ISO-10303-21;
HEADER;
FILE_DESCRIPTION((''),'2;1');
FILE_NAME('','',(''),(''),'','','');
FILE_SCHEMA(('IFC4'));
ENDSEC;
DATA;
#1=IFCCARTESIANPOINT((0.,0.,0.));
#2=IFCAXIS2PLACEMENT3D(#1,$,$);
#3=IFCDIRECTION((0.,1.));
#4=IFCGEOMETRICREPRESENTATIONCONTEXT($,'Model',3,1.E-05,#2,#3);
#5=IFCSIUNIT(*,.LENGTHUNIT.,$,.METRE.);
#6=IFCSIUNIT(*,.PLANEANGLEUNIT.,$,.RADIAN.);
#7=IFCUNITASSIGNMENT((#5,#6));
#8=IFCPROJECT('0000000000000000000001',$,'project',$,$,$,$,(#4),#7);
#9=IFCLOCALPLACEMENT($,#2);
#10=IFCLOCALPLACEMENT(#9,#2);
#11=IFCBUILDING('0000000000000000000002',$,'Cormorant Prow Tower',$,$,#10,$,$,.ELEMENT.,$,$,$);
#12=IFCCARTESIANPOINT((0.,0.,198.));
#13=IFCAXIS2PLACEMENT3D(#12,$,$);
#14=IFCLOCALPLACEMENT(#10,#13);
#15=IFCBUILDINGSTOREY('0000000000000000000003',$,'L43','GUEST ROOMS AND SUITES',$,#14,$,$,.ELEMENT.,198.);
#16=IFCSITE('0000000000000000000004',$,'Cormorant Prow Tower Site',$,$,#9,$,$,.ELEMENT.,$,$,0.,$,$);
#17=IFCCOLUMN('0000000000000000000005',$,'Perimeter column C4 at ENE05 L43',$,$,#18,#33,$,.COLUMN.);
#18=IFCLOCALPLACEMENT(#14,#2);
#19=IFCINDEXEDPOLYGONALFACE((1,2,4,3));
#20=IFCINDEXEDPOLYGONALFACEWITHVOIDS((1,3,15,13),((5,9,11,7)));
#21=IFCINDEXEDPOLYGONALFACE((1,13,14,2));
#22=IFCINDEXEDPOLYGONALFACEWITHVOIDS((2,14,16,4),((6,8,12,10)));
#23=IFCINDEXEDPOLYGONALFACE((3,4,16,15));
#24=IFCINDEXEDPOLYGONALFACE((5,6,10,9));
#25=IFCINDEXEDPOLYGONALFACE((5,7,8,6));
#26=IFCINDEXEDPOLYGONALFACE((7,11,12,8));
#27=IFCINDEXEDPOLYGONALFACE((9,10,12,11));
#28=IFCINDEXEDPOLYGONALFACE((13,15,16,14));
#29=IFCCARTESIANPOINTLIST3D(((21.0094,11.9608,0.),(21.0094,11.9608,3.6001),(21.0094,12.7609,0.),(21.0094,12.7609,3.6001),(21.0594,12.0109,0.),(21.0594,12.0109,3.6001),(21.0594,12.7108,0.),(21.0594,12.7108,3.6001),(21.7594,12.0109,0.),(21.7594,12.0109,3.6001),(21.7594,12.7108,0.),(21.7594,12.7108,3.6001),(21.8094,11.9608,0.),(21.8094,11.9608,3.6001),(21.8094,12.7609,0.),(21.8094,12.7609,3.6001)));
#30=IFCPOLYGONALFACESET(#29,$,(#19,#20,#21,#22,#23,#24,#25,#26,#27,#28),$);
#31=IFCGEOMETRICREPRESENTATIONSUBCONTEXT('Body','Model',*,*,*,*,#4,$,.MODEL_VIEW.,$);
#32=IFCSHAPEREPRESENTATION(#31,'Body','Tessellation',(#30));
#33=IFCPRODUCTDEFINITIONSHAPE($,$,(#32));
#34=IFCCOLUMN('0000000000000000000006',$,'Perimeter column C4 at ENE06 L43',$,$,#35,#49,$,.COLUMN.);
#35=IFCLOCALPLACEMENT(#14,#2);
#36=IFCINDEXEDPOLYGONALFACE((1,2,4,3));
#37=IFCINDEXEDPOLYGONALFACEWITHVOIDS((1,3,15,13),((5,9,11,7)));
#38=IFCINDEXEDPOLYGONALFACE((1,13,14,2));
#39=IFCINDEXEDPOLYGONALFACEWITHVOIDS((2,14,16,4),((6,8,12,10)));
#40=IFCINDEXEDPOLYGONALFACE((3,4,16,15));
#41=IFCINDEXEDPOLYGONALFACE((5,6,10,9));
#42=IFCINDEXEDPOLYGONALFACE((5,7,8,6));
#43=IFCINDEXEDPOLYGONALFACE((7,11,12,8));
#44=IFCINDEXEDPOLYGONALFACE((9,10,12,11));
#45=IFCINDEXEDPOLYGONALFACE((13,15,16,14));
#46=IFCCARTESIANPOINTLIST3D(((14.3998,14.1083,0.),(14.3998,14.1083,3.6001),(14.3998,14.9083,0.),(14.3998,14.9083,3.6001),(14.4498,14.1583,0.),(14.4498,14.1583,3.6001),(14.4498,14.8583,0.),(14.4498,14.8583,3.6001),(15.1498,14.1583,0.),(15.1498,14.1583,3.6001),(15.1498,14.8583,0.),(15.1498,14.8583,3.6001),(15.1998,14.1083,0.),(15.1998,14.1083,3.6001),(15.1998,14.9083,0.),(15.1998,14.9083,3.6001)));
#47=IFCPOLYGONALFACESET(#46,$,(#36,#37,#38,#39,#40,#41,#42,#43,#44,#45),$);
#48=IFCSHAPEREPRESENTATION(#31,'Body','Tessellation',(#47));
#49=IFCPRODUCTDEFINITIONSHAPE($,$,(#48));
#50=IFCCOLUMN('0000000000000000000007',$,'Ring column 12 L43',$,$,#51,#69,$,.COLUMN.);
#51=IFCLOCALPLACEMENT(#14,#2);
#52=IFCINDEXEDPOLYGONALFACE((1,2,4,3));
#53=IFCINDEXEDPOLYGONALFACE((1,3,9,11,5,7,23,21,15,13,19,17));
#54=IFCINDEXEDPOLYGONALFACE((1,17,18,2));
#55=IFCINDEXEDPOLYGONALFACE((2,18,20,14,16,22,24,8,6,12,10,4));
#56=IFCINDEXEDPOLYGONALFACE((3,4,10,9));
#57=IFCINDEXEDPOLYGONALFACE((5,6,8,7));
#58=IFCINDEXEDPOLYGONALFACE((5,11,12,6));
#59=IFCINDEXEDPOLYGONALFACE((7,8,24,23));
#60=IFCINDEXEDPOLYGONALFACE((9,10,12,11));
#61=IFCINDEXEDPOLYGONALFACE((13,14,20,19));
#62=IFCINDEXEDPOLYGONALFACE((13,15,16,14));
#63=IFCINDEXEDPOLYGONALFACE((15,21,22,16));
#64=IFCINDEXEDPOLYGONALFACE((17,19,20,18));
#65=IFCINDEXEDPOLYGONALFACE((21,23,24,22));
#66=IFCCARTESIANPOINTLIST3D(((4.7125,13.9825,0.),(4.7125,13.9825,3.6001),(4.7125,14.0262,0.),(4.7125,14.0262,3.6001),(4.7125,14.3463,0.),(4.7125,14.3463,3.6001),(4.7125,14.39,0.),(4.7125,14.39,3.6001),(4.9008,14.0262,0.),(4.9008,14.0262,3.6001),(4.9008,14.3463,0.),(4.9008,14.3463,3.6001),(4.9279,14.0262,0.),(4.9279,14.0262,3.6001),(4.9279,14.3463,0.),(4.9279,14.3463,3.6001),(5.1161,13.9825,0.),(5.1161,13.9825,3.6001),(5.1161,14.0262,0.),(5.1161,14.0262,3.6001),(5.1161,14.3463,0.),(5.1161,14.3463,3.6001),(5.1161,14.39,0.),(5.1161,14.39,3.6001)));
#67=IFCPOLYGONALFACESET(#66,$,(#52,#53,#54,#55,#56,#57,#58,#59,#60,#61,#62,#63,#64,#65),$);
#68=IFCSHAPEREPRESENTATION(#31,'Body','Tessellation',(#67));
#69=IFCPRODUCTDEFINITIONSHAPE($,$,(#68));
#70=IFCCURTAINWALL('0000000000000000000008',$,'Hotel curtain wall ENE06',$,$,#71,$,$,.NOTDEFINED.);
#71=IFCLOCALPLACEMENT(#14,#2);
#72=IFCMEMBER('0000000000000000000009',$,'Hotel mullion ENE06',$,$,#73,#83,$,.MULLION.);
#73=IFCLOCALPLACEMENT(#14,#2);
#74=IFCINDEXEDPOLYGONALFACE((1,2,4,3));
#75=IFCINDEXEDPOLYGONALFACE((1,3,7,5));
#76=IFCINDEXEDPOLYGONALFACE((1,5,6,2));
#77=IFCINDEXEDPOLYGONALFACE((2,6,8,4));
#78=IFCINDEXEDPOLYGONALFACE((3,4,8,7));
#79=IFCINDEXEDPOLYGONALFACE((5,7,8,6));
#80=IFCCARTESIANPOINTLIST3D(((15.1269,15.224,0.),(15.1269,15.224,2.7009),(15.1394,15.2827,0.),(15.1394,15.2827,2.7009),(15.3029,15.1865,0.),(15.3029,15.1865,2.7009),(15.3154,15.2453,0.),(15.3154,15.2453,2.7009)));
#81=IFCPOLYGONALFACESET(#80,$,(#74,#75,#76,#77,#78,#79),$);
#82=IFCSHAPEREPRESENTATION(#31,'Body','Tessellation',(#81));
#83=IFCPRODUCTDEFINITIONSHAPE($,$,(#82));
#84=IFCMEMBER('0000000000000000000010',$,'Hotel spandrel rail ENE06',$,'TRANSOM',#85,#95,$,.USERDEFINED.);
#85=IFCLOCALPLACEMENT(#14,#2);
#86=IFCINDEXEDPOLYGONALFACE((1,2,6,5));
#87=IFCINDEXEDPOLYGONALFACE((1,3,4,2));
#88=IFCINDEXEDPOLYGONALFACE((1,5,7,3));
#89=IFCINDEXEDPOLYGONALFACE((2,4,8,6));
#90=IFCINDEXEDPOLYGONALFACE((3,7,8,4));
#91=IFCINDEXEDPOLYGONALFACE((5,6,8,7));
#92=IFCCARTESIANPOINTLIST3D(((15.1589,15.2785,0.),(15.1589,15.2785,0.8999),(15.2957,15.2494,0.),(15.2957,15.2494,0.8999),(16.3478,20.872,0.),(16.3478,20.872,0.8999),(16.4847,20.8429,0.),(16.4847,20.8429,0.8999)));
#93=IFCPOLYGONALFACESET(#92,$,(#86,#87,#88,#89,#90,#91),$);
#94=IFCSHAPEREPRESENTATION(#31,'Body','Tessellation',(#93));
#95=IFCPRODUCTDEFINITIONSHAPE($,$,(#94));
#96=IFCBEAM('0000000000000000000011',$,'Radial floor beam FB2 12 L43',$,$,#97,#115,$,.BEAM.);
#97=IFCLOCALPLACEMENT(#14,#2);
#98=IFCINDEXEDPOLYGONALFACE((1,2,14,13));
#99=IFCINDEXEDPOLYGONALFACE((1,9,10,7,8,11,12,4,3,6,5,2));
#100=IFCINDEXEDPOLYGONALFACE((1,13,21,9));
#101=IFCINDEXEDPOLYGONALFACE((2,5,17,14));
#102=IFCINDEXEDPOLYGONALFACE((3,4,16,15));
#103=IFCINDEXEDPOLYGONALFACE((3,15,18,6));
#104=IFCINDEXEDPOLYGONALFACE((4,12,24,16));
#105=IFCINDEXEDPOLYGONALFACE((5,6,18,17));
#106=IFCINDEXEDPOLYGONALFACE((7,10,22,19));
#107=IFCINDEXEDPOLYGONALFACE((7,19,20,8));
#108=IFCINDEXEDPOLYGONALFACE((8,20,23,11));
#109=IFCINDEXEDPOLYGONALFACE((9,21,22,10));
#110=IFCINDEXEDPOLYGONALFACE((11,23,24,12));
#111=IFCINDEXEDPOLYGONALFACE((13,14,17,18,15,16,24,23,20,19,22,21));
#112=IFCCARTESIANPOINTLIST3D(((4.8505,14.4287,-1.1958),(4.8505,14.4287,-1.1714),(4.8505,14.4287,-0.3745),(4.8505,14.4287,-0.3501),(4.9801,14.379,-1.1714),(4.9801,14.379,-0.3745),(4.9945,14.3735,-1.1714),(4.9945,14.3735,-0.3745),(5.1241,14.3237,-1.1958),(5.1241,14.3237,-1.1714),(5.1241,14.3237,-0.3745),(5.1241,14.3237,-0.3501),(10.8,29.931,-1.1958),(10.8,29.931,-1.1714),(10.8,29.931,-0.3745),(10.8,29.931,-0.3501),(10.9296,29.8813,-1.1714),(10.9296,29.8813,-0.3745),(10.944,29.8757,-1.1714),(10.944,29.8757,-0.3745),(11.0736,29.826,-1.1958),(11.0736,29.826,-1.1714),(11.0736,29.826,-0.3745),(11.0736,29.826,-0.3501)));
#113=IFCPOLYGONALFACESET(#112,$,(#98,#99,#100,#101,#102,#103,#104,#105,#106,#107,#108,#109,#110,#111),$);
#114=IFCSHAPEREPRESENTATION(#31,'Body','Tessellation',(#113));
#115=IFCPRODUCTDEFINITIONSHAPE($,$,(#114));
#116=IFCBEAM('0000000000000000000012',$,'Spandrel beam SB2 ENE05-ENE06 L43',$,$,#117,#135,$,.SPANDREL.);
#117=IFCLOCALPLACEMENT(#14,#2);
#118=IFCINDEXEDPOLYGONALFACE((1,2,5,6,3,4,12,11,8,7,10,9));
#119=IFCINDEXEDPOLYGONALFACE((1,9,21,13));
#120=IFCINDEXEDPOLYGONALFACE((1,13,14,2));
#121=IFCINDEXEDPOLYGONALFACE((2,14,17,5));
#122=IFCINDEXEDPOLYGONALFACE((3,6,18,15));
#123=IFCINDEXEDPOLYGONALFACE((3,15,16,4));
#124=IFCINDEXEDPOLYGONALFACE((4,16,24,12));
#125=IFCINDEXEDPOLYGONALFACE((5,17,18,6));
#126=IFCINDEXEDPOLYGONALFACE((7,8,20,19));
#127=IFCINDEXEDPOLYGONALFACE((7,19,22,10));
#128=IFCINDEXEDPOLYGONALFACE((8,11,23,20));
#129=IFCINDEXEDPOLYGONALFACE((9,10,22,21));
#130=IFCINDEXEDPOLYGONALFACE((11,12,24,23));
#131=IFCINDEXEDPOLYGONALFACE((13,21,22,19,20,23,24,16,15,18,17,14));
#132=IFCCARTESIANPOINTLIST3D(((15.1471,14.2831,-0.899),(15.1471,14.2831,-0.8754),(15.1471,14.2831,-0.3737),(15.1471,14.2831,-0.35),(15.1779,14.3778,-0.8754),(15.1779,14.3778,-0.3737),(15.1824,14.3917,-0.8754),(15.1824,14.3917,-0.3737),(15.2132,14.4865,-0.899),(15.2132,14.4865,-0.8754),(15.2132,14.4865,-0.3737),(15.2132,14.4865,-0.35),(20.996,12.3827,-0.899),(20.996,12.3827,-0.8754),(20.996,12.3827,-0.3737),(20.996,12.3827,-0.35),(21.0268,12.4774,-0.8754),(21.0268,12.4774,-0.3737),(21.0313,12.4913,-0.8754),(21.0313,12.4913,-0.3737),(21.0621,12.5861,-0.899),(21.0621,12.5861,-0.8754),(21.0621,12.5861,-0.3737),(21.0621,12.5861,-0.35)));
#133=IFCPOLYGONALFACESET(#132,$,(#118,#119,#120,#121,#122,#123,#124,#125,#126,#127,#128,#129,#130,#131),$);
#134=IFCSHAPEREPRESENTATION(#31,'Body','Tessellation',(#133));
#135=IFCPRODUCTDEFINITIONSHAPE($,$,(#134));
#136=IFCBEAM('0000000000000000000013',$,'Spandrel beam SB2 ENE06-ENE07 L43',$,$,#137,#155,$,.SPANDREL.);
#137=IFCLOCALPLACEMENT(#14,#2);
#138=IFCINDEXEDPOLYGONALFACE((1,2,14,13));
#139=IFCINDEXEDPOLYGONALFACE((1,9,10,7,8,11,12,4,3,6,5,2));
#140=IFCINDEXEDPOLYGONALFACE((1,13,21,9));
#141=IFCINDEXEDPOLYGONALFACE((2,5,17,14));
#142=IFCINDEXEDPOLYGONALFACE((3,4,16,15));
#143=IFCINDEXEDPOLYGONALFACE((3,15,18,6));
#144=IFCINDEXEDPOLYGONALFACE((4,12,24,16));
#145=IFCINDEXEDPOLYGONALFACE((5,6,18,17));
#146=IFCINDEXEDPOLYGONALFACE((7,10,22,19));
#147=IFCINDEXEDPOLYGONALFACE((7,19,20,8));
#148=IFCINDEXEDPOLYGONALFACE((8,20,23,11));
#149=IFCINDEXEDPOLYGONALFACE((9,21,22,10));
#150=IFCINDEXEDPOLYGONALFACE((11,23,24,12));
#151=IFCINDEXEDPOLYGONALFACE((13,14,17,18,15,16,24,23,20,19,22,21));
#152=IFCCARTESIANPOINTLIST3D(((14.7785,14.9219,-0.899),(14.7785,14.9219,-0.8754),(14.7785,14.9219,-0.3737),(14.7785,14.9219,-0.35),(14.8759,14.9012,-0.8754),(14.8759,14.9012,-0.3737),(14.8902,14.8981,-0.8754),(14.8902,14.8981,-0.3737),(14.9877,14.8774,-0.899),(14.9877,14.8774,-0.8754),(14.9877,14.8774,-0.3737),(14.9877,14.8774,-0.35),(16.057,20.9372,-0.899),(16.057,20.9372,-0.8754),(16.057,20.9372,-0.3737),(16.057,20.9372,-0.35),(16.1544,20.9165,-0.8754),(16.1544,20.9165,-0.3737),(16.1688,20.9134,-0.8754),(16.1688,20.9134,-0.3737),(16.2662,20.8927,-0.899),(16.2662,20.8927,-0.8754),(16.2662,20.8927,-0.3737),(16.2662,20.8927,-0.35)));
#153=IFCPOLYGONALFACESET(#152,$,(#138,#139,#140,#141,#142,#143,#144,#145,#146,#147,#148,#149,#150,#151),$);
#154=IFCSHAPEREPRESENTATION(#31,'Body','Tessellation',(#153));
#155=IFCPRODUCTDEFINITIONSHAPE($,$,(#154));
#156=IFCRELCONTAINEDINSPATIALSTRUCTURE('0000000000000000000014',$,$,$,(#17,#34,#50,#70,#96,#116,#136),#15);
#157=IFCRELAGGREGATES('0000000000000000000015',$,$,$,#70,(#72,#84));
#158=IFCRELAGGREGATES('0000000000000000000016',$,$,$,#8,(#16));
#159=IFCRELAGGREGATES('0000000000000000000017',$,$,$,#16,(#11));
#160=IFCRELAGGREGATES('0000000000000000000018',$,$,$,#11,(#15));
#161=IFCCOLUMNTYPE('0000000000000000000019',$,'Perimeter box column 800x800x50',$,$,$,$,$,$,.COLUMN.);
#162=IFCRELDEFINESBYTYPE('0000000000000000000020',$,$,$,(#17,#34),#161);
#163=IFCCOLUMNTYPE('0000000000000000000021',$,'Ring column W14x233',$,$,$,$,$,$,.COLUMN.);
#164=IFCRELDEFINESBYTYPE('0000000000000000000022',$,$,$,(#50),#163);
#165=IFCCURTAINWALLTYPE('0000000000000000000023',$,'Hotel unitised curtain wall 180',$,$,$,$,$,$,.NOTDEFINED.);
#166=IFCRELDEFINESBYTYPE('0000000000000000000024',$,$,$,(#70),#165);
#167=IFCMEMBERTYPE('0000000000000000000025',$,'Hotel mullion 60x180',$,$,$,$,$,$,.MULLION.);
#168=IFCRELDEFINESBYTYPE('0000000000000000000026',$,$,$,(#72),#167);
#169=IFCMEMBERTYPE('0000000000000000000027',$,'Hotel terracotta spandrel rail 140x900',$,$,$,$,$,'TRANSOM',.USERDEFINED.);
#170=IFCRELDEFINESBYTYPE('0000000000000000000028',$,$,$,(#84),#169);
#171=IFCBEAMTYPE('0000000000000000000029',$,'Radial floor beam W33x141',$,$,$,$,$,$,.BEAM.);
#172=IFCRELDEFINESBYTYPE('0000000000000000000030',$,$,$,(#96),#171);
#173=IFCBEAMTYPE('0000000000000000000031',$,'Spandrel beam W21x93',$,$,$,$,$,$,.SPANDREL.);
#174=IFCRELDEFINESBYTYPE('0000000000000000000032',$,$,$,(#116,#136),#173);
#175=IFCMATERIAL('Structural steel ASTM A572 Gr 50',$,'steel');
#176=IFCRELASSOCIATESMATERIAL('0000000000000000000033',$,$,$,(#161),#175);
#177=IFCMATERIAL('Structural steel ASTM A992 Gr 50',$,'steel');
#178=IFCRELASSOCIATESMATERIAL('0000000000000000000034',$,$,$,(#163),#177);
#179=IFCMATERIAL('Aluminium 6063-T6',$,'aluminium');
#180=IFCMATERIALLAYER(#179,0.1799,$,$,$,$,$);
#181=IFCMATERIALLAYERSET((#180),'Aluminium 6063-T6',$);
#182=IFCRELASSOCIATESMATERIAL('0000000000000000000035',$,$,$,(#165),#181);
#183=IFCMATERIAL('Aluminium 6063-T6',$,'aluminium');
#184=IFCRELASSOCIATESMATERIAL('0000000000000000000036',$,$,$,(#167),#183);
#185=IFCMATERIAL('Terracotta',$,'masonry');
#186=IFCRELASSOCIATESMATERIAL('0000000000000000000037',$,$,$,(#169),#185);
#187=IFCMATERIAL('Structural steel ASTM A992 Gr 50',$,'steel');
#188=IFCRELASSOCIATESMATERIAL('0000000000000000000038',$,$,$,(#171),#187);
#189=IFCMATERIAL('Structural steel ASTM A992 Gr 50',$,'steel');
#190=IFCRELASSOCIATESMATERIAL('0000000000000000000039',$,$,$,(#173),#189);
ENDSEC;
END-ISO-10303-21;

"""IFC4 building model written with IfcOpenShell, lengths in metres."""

from ifc_helpers import new_model, si_unit, direction, frame, origin, origin_2d, place, context, subcontext, project, spatial, rectangle, hollow_rectangle, i_section, extrude, material, layer, layer_set, material_profile, profile_set, type_object, element, aggregate, save


model = new_model("IFC4")

# Units and contexts
model_context = context("Model", 3, precision=1e-05, world=origin(), true_north=direction((0.0, 1.0)))
body_context = subcontext(model_context, "Body", "Model", "MODEL_VIEW")
ifc_project = project(units=[si_unit("LENGTHUNIT", "METRE"), si_unit("PLANEANGLEUNIT", "RADIAN")], contexts=[model_context])

# Site, building, storey
site_placement = place(None, origin())
site = spatial("IfcSite", under=ifc_project, at=site_placement, Name="Cormorant Prow Tower Site", CompositionType="ELEMENT", RefElevation=0.0)
building_placement = place(site_placement, origin())
building = spatial("IfcBuilding", under=site, at=building_placement, Name="Cormorant Prow Tower", CompositionType="ELEMENT")
storey_placement = place(building_placement, frame((0.0, 0.0, 198.0)))
storey = spatial("IfcBuildingStorey", under=building, at=storey_placement, Name="L43", Description="GUEST ROOMS AND SUITES", CompositionType="ELEMENT", Elevation=198.0)

# Columns
ifc_material_1 = material(Name="Structural steel ASTM A572 Gr 50", Category="steel")
ifc_material_profile_1 = material_profile(ifc_material_1, hollow_rectangle(XDim=0.8, YDim=0.8, WallThickness=0.05, at=origin_2d()), Name="Box 800x800x50")
ifc_profile_set_1 = profile_set([ifc_material_profile_1], Name="Structural steel ASTM A572 Gr 50")
column_type_1 = type_object("IfcColumnType", Name="Perimeter box column 800x800x50", PredefinedType="COLUMN", material=ifc_profile_set_1)
for number, where, z_axis, x_axis, name in (
    (1, (21.4094, 12.3608, 0.0), (0.0, 0.0, 1.0), (1.0, 0.0, 0.0), "Perimeter column C4 at ENE05 L43"),
    (2, (14.7998, 14.5083, 0.0), (0.0, 0.0, 1.0), (1.0, 0.0, 0.0), "Perimeter column C4 at ENE06 L43"),
):
    element("IfcColumn", number, at=place(storey_placement, frame(where, z_axis=z_axis, x_axis=x_axis)), inside=storey, type_object=column_type_1, Name=name, PredefinedType="COLUMN", context=body_context, shape_type="SweptSolid", body=[
        extrude(hollow_rectangle(XDim=0.8, YDim=0.8, WallThickness=0.05, at=origin_2d()), origin(), (0.0, 0.0, 1.0), 3.6001),
    ])
ifc_material_2 = material(Name="Structural steel ASTM A992 Gr 50", Category="steel")
ifc_material_profile_2 = material_profile(ifc_material_2, i_section(OverallWidth=0.4036, OverallDepth=0.4075, WebThickness=0.0271, FlangeThickness=0.0437, at=origin_2d()), Name="W14x233")
ifc_profile_set_2 = profile_set([ifc_material_profile_2], Name="Structural steel ASTM A992 Gr 50")
column_type_2 = type_object("IfcColumnType", Name="Ring column W14x233", PredefinedType="COLUMN", material=ifc_profile_set_2)
column_placement = place(storey_placement, frame((4.9143, 14.1863, 0.0), z_axis=(0.0, 0.0, 1.0), x_axis=(1.0, 0.0, 0.0)))
element("IfcColumn", 3, at=column_placement, inside=storey, type_object=column_type_2, Name="Ring column 12 L43", PredefinedType="COLUMN", context=body_context, shape_type="SweptSolid", body=[
    extrude(i_section(OverallWidth=0.4036, OverallDepth=0.4075, WebThickness=0.0271, FlangeThickness=0.0437, at=origin_2d()), origin(), (0.0, 0.0, 1.0), 3.6001),
])

# Curtain wall, members
ifc_material_3 = material(Name="Aluminium 6063-T6", Category="aluminium")
ifc_layer_1 = layer(ifc_material_3, 0.1799)
ifc_layer_set_1 = layer_set([ifc_layer_1], Name="Aluminium 6063-T6")
curtain_wall_type = type_object("IfcCurtainWallType", Name="Hotel unitised curtain wall 180", PredefinedType="NOTDEFINED", material=ifc_layer_set_1)
curtain_wall_placement = place(storey_placement, origin())
curtain_wall = element("IfcCurtainWall", 4, at=curtain_wall_placement, inside=storey, type_object=curtain_wall_type, Name="Hotel curtain wall ENE06", PredefinedType="NOTDEFINED")
ifc_material_4 = material(Name="Aluminium 6063-T6", Category="aluminium")
ifc_material_profile_3 = material_profile(ifc_material_4, rectangle(XDim=0.1799, YDim=0.0601, at=origin_2d()), Name="Hotel mullion 60x180")
ifc_profile_set_3 = profile_set([ifc_material_profile_3], Name="Aluminium 6063-T6")
member_type_1 = type_object("IfcMemberType", Name="Hotel mullion 60x180", PredefinedType="MULLION", material=ifc_profile_set_3)
member_1_placement = place(storey_placement, frame((15.2212, 15.2346, 0.0), z_axis=(0.0, 0.0, 1.0), x_axis=(-0.978148, 0.207912, 0.0)))
member_1 = element("IfcMember", 5, at=member_1_placement, type_object=member_type_1, Name="Hotel mullion ENE06", PredefinedType="MULLION", context=body_context, shape_type="SweptSolid", body=[
    extrude(rectangle(XDim=0.1799, YDim=0.0601, at=origin_2d()), origin(), (0.0, 0.0, 1.0), 2.7009),
])
ifc_material_5 = material(Name="Terracotta", Category="masonry")
ifc_material_profile_4 = material_profile(ifc_material_5, rectangle(XDim=0.1399, YDim=0.8999, at=origin_2d()), Name="Hotel terracotta spandrel rail 140x900")
ifc_profile_set_4 = profile_set([ifc_material_profile_4], Name="Terracotta")
member_type_2 = type_object("IfcMemberType", Name="Hotel terracotta spandrel rail 140x900", ElementType="TRANSOM", PredefinedType="USERDEFINED", material=ifc_profile_set_4)
member_2_placement = place(storey_placement, frame((15.2273, 15.2639, 0.45), z_axis=(0.207916, 0.978147, 0.0), x_axis=(-0.978147, 0.207916, 0.0)))
member_2 = element("IfcMember", 6, at=member_2_placement, type_object=member_type_2, Name="Hotel spandrel rail ENE06", ObjectType="TRANSOM", PredefinedType="USERDEFINED", context=body_context, shape_type="SweptSolid", body=[
    extrude(rectangle(XDim=0.1399, YDim=0.8999, at=origin_2d()), origin(), (0.0, 0.0, 1.0), 5.7185),
])
aggregate(curtain_wall, [member_1, member_2])

# Beams
ifc_material_6 = material(Name="Structural steel ASTM A992 Gr 50", Category="steel")
ifc_material_profile_5 = material_profile(ifc_material_6, i_section(OverallWidth=0.293, OverallDepth=0.8457, WebThickness=0.0154, FlangeThickness=0.0244, at=origin_2d()), Name="W33x141")
ifc_profile_set_5 = profile_set([ifc_material_profile_5], Name="Structural steel ASTM A992 Gr 50")
beam_type_1 = type_object("IfcBeamType", Name="Radial floor beam W33x141", PredefinedType="BEAM", material=ifc_profile_set_5)
beam_1_placement = place(storey_placement, frame((4.9873, 14.3762, -0.7729), z_axis=(0.358301, 0.933606, 0.0), x_axis=(-0.933606, 0.358301, 0.0)))
element("IfcBeam", 7, at=beam_1_placement, inside=storey, type_object=beam_type_1, Name="Radial floor beam FB2 12 L43", PredefinedType="BEAM", context=body_context, shape_type="SweptSolid", body=[
    extrude(i_section(OverallWidth=0.293, OverallDepth=0.8457, WebThickness=0.0154, FlangeThickness=0.0244, at=origin_2d()), origin(), (0.0, 0.0, 1.0), 16.6047),
])
ifc_material_7 = material(Name="Structural steel ASTM A992 Gr 50", Category="steel")
ifc_material_profile_6 = material_profile(ifc_material_7, i_section(OverallWidth=0.2139, OverallDepth=0.5491, WebThickness=0.0146, FlangeThickness=0.0237, at=origin_2d()), Name="W21x93")
ifc_profile_set_6 = profile_set([ifc_material_profile_6], Name="Structural steel ASTM A992 Gr 50")
beam_type_2 = type_object("IfcBeamType", Name="Spandrel beam W21x93", PredefinedType="SPANDREL", material=ifc_profile_set_6)
beam_2_placement = place(storey_placement, frame((21.0291, 12.4844, -0.6245), z_axis=(-0.951058, 0.309013, 0.0), x_axis=(-0.309013, -0.951058, 0.0)))
element("IfcBeam", 8, at=beam_2_placement, inside=storey, type_object=beam_type_2, Name="Spandrel beam SB2 ENE05-ENE06 L43", PredefinedType="SPANDREL", context=body_context, shape_type="SweptSolid", body=[
    extrude(i_section(OverallWidth=0.2139, OverallDepth=0.5491, WebThickness=0.0146, FlangeThickness=0.0237, at=origin_2d()), origin(), (0.0, 0.0, 1.0), 6.1499),
])
beam_3_placement = place(storey_placement, frame((14.8831, 14.8997, -0.6245), z_axis=(0.207905, 0.978149, 0.0), x_axis=(-0.978149, 0.207905, 0.0)))
element("IfcBeam", 9, at=beam_3_placement, inside=storey, type_object=beam_type_2, Name="Spandrel beam SB2 ENE06-ENE07 L43", PredefinedType="SPANDREL", context=body_context, shape_type="SweptSolid", body=[
    extrude(i_section(OverallWidth=0.2139, OverallDepth=0.5491, WebThickness=0.0146, FlangeThickness=0.0237, at=origin_2d()), origin(), (0.0, 0.0, 1.0), 6.1497),
])

save(model, "model.ifc")
